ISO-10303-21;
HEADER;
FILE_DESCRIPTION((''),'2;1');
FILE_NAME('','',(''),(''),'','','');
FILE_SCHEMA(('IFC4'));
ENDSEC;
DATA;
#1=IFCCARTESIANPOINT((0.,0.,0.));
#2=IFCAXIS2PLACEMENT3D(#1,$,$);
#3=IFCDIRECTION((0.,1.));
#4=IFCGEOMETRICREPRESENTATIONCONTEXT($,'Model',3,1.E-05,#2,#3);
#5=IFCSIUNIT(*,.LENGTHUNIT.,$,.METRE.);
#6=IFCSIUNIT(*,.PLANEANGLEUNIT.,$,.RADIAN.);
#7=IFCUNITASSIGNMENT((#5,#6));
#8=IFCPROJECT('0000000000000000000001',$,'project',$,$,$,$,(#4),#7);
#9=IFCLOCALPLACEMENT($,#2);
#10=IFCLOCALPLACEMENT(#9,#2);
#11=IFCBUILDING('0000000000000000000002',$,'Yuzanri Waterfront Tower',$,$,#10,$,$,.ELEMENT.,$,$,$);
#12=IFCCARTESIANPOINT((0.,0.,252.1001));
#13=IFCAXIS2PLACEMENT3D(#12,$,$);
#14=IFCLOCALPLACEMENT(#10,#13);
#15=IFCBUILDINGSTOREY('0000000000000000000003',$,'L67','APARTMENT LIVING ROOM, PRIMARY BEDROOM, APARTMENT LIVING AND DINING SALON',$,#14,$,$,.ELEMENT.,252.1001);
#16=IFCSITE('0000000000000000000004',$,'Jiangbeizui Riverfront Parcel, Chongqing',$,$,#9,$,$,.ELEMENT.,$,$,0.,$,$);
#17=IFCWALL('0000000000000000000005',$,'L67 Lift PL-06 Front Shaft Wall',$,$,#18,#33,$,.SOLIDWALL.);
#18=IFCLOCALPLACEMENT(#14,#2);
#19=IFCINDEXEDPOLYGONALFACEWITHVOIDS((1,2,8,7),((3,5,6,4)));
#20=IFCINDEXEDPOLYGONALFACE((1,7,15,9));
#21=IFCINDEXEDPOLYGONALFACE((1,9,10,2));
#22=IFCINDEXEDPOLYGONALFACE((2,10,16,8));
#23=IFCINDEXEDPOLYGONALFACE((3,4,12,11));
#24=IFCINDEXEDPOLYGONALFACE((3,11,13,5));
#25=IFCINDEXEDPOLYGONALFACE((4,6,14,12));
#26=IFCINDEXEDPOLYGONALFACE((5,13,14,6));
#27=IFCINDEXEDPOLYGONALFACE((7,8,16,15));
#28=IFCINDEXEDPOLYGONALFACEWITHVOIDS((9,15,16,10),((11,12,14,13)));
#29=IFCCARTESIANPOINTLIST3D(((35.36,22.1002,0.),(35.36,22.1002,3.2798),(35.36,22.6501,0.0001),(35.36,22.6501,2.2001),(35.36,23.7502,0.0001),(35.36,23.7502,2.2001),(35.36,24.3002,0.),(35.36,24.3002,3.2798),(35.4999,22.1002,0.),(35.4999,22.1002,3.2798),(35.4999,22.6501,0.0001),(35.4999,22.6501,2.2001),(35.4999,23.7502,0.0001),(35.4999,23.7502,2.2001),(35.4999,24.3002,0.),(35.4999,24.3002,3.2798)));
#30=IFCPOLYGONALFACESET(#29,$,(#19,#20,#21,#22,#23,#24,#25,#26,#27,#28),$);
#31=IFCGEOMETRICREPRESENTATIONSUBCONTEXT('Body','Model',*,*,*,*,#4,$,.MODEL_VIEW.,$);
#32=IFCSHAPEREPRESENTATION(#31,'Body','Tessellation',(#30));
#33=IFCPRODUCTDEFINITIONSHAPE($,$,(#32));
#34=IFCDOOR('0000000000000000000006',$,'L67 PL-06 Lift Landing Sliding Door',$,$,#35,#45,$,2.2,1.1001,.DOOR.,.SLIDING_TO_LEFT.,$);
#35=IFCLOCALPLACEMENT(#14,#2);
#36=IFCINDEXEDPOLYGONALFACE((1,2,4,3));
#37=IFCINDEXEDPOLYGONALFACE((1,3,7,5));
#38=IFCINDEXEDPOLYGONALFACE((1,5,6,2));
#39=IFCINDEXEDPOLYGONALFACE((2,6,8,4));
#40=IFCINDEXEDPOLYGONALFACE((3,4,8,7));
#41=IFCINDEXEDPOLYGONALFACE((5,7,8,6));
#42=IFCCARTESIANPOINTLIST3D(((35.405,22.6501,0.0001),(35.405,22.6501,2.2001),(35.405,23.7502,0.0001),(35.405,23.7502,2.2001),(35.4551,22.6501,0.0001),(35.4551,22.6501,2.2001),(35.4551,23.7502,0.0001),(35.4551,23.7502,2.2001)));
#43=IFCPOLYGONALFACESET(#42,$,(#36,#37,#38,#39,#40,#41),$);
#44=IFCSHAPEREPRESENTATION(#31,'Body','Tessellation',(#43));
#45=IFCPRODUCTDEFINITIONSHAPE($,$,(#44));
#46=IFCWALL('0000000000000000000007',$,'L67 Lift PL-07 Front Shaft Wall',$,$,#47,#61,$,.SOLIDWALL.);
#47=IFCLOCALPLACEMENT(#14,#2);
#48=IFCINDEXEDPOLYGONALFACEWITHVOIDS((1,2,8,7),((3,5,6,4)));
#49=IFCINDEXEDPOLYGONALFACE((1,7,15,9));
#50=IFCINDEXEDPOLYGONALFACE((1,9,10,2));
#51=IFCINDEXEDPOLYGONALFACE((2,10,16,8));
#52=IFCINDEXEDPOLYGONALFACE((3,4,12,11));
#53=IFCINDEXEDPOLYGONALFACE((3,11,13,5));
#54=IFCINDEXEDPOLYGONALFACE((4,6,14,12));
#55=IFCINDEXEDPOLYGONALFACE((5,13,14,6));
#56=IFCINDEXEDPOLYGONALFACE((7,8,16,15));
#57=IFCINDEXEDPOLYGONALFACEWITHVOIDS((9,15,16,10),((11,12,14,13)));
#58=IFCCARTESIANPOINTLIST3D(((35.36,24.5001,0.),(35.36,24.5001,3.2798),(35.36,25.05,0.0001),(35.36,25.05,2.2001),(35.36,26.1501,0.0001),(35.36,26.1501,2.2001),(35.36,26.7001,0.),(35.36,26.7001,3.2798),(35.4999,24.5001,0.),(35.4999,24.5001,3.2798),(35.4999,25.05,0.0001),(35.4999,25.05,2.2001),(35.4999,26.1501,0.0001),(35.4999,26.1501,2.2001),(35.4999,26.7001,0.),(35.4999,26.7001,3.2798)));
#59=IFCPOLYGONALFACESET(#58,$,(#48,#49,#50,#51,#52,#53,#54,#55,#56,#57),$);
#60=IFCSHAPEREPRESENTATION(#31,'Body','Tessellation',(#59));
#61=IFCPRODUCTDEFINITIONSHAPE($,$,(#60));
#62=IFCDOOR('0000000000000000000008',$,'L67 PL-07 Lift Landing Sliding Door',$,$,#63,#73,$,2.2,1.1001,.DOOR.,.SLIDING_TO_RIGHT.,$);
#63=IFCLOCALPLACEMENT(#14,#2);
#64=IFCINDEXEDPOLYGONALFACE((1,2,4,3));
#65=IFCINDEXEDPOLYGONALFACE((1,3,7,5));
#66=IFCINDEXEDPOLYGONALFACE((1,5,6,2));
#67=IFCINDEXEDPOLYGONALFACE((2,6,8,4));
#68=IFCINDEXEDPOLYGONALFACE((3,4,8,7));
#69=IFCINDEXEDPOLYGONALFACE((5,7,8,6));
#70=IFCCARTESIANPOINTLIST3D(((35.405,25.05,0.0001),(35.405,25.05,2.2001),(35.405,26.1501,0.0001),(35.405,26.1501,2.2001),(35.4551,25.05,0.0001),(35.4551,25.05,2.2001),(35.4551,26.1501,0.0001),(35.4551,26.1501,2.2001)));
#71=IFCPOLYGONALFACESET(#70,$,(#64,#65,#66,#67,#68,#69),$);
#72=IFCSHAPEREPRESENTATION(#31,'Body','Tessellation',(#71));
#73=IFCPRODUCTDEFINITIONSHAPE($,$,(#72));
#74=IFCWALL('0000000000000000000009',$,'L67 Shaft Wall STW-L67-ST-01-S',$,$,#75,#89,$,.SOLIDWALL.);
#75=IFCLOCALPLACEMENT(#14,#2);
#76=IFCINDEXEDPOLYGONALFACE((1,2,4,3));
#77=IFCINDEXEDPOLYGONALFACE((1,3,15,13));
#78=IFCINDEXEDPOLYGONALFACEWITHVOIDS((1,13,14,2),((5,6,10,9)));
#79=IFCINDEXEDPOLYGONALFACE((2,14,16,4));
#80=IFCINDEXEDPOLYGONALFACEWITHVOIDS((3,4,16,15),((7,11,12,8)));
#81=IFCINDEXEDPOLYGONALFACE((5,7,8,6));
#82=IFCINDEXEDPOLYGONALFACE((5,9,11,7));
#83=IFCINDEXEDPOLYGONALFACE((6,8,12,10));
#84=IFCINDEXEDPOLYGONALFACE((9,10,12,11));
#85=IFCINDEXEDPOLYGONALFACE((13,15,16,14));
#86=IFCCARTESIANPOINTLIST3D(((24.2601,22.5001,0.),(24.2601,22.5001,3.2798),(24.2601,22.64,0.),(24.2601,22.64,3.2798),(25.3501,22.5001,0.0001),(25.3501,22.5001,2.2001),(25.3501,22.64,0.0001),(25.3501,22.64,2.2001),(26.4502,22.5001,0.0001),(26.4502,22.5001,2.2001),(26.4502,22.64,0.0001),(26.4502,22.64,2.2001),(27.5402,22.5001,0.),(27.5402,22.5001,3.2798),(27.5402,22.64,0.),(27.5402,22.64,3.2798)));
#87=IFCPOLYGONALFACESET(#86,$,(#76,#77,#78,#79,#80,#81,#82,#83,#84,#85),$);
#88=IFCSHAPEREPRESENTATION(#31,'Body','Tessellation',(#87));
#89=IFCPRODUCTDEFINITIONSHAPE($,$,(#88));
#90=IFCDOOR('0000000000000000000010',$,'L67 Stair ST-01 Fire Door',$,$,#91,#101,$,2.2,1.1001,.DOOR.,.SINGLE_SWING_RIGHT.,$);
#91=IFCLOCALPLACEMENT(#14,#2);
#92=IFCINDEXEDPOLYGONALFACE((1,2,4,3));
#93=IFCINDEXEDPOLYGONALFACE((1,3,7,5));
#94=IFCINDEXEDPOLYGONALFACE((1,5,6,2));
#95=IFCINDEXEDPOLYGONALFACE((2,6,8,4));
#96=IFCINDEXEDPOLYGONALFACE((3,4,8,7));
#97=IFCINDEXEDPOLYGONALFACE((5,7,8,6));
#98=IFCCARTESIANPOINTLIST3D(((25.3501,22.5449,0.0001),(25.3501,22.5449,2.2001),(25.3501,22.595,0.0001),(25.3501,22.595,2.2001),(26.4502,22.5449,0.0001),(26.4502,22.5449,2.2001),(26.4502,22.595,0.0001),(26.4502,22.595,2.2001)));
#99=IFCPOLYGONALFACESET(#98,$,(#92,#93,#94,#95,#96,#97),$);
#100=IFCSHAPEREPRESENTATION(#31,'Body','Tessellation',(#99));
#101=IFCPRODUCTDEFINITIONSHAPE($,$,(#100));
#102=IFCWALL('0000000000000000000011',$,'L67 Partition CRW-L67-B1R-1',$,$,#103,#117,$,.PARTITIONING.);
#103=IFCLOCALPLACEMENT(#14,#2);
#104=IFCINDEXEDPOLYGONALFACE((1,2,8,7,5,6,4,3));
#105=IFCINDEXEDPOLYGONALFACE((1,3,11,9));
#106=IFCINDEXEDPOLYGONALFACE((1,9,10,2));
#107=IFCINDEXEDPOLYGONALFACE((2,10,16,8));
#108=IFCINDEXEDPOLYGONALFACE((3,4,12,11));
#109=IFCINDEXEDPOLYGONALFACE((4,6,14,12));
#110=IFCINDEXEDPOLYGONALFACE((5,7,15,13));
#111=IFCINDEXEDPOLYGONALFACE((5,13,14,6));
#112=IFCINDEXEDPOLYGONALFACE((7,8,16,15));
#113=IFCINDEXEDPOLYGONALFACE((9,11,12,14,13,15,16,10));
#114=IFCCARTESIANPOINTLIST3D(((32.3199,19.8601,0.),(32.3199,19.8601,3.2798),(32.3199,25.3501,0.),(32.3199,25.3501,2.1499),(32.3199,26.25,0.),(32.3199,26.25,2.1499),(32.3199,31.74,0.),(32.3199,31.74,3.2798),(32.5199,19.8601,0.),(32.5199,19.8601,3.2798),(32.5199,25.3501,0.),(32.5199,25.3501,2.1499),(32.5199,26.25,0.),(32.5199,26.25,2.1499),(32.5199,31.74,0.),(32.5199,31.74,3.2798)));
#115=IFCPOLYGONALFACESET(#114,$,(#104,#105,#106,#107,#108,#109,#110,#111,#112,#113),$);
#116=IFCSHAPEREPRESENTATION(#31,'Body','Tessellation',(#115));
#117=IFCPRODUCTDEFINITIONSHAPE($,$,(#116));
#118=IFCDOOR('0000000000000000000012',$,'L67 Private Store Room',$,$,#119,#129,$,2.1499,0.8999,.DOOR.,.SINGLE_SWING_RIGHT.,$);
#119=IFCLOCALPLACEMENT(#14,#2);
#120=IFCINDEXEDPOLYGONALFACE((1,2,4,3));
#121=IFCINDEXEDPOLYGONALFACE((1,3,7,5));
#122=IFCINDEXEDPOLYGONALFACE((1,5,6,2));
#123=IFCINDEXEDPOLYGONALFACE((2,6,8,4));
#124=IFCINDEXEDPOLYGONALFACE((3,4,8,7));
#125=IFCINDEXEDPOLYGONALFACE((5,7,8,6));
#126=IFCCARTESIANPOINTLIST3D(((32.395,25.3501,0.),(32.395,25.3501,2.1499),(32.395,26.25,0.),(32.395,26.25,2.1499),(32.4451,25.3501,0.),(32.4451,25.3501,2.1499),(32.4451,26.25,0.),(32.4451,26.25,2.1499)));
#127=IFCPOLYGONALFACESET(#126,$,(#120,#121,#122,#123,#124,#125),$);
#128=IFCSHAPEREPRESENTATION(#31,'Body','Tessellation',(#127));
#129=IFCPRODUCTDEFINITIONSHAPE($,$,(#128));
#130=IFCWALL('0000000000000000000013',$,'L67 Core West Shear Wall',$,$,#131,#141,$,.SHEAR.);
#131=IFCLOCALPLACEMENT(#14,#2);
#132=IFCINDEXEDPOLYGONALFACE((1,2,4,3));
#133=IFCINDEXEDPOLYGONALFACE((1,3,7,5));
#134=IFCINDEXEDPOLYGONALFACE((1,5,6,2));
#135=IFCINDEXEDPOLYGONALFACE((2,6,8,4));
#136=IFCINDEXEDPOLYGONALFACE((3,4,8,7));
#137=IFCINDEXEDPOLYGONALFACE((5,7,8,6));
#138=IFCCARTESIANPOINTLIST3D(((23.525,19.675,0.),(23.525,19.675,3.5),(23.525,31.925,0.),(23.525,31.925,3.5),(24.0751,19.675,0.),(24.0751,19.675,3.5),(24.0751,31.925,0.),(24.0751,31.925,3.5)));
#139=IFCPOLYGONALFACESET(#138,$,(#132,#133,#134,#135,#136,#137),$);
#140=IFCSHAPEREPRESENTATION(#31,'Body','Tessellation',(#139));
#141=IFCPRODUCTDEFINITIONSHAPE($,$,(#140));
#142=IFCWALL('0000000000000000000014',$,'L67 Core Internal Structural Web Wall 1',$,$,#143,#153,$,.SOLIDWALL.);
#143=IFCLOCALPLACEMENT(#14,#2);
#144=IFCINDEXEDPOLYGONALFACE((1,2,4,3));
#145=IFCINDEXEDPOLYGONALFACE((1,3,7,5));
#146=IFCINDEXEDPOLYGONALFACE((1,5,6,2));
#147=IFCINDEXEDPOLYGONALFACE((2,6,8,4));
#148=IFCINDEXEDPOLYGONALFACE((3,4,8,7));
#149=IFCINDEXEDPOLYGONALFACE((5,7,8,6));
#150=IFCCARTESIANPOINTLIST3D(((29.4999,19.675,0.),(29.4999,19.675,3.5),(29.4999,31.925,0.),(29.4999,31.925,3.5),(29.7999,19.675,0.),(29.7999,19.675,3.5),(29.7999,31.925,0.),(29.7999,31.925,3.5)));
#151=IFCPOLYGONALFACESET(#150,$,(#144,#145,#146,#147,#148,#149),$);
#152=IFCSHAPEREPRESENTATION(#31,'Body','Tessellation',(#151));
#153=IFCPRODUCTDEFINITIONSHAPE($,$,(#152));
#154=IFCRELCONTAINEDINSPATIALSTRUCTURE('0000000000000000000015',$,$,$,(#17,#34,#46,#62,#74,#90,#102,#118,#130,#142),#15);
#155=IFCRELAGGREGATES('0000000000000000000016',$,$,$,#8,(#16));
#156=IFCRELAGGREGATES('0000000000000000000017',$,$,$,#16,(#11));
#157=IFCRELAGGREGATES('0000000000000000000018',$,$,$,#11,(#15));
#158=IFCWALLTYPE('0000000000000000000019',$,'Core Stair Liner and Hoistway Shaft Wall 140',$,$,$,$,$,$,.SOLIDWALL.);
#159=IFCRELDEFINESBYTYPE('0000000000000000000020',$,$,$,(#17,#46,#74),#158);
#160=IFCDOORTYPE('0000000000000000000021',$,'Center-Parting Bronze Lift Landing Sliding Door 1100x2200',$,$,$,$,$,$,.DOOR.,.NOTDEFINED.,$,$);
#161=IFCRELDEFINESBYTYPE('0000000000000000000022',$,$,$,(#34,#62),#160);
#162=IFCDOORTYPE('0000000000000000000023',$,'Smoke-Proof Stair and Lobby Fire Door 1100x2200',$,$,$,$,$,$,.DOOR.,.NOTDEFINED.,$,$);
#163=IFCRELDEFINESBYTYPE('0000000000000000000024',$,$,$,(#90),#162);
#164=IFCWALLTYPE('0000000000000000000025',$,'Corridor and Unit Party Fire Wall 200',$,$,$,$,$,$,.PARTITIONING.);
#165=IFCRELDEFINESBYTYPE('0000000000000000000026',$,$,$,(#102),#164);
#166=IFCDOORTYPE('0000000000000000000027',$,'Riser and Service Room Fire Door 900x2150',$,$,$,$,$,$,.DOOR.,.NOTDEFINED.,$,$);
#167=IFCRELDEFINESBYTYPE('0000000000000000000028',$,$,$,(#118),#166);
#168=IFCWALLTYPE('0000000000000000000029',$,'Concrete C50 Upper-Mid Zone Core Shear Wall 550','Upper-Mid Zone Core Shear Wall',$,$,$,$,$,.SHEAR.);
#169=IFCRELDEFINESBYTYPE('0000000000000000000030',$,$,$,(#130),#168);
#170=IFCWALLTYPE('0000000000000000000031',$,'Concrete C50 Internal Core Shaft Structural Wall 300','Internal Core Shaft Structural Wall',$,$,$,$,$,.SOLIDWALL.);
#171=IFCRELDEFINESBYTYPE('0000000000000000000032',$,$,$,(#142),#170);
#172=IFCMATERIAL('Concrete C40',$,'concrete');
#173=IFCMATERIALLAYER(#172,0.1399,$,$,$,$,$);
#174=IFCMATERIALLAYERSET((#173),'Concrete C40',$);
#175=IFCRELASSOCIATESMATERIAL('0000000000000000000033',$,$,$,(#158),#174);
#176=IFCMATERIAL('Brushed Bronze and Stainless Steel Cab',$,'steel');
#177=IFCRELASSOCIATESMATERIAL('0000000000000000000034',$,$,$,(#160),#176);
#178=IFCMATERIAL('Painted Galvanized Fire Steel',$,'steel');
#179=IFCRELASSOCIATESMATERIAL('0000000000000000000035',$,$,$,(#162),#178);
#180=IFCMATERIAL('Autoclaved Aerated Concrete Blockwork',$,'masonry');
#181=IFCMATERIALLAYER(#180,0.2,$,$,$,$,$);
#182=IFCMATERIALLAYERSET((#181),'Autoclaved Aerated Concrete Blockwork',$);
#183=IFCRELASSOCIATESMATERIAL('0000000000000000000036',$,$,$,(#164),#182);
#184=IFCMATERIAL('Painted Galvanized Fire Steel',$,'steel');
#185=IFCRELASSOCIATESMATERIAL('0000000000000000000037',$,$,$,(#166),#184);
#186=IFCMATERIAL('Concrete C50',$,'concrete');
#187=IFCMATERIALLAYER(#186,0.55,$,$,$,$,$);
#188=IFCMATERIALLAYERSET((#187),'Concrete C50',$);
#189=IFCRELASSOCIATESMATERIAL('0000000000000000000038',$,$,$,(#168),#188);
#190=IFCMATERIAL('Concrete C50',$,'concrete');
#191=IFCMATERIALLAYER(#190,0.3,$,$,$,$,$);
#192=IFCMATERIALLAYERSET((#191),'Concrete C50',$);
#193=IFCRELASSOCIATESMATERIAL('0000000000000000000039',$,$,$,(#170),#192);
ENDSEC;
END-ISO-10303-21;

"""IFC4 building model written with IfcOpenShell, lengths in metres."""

from ifc_helpers import new_model, si_unit, direction, frame, frame_2d, origin, place, context, subcontext, project, spatial, rectangle, extrude, source, transform, mapped, material, layer, layer_set, type_object, element, fill, save


model = new_model("IFC4")

# Units and contexts
model_context = context("Model", 3, precision=1e-05, world=origin(), true_north=direction((0.0, 1.0)))
body_context = subcontext(model_context, "Body", "Model", "MODEL_VIEW")
ifc_project = project(units=[si_unit("LENGTHUNIT", "METRE"), si_unit("PLANEANGLEUNIT", "RADIAN")], contexts=[model_context])

# Site, building, storey
site_placement = place(None, origin())
site = spatial("IfcSite", under=ifc_project, at=site_placement, Name="Jiangbeizui Riverfront Parcel, Chongqing", CompositionType="ELEMENT", RefElevation=0.0)
building_placement = place(site_placement, origin())
building = spatial("IfcBuilding", under=site, at=building_placement, Name="Yuzanri Waterfront Tower", CompositionType="ELEMENT")
storey_placement = place(building_placement, frame((0.0, 0.0, 252.1001)))
storey = spatial("IfcBuildingStorey", under=building, at=storey_placement, Name="L67", Description="APARTMENT LIVING ROOM, PRIMARY BEDROOM, APARTMENT LIVING AND DINING SALON", CompositionType="ELEMENT", Elevation=252.1001)

# Walls, openings, doors
ifc_material_1 = material(Name="Concrete C40", Category="concrete")
ifc_layer_1 = layer(ifc_material_1, 0.1399)
ifc_layer_set_1 = layer_set([ifc_layer_1], Name="Concrete C40")
wall_type_1 = type_object("IfcWallType", Name="Core Stair Liner and Hoistway Shaft Wall 140", PredefinedType="SOLIDWALL", material=ifc_layer_set_1)
ifc_material_2 = material(Name="Brushed Bronze and Stainless Steel Cab", Category="steel")
door_type_1 = type_object("IfcDoorType", Name="Center-Parting Bronze Lift Landing Sliding Door 1100x2200", OperationType="NOTDEFINED", PredefinedType="DOOR", material=ifc_material_2)
shared_shape_1 = source(origin(), body_context, "Body", "SweptSolid", [
    extrude(rectangle(XDim=1.1001, YDim=2.2, at=frame_2d((0.55, 1.1001))), frame((0.0, 0.0249, 0.0), z_axis=(0.0, -1.0, 0.0), x_axis=(1.0, 0.0, 0.0)), (0.0, 0.0, 1.0), 0.05),
])
wall_1_placement = place(storey_placement, frame((35.4299, 22.1001, 0.0), z_axis=(0.0, 0.0, 1.0), x_axis=(0.0, 1.0, 0.0)))
wall_1 = element("IfcWall", 1, at=wall_1_placement, inside=storey, type_object=wall_type_1, Name="L67 Lift PL-06 Front Shaft Wall", PredefinedType="SOLIDWALL", context=body_context, shape_type="SweptSolid", body=[
    extrude(rectangle(XDim=2.2, YDim=0.1399, at=frame_2d((1.1001, 0.0))), origin(), (0.0, 0.0, 1.0), 3.2798),
])
opening_1_placement = place(wall_1_placement, frame((0.55, 0.0, 0.0)))
opening_1 = element("IfcOpeningElement", 2, at=opening_1_placement, cuts=wall_1, PredefinedType="OPENING", context=body_context, shape_type="SweptSolid", body=[
    extrude(rectangle(XDim=1.1001, YDim=2.2, at=frame_2d((0.55, 1.1001))), frame((0.0, 0.085, 0.0), z_axis=(0.0, -1.0, 0.0), x_axis=(1.0, 0.0, 0.0)), (0.0, 0.0, 1.0), 0.1697),
])
door_1_placement = place(opening_1_placement, origin())
door_1 = element("IfcDoor", 3, at=door_1_placement, inside=storey, type_object=door_type_1, Name="L67 PL-06 Lift Landing Sliding Door", OperationType="SLIDING_TO_LEFT", OverallHeight=2.2, OverallWidth=1.1001, PredefinedType="DOOR", context=body_context, shape_type="MappedRepresentation", body=[
    mapped(shared_shape_1, transform((0.0, 0.0, 0.0), scale=1.0)),
])
fill(opening_1, door_1)
wall_2_placement = place(storey_placement, frame((35.4299, 24.5, 0.0), z_axis=(0.0, 0.0, 1.0), x_axis=(0.0, 1.0, 0.0)))
wall_2 = element("IfcWall", 4, at=wall_2_placement, inside=storey, type_object=wall_type_1, Name="L67 Lift PL-07 Front Shaft Wall", PredefinedType="SOLIDWALL", context=body_context, shape_type="SweptSolid", body=[
    extrude(rectangle(XDim=2.2, YDim=0.1399, at=frame_2d((1.1001, 0.0))), origin(), (0.0, 0.0, 1.0), 3.2798),
])
opening_2_placement = place(wall_2_placement, frame((0.55, 0.0, 0.0)))
opening_2 = element("IfcOpeningElement", 5, at=opening_2_placement, cuts=wall_2, PredefinedType="OPENING", context=body_context, shape_type="SweptSolid", body=[
    extrude(rectangle(XDim=1.1001, YDim=2.2, at=frame_2d((0.55, 1.1001))), frame((0.0, 0.085, 0.0), z_axis=(0.0, -1.0, 0.0), x_axis=(1.0, 0.0, 0.0)), (0.0, 0.0, 1.0), 0.1697),
])
door_2_placement = place(opening_2_placement, origin())
door_2 = element("IfcDoor", 6, at=door_2_placement, inside=storey, type_object=door_type_1, Name="L67 PL-07 Lift Landing Sliding Door", OperationType="SLIDING_TO_RIGHT", OverallHeight=2.2, OverallWidth=1.1001, PredefinedType="DOOR", context=body_context, shape_type="MappedRepresentation", body=[
    mapped(shared_shape_1, transform((0.0, 0.0, 0.0), scale=1.0)),
])
fill(opening_2, door_2)
wall_3_placement = place(storey_placement, frame((24.26, 22.5701, 0.0), z_axis=(0.0, 0.0, 1.0), x_axis=(1.0, 0.0, 0.0)))
wall_3 = element("IfcWall", 7, at=wall_3_placement, inside=storey, type_object=wall_type_1, Name="L67 Shaft Wall STW-L67-ST-01-S", PredefinedType="SOLIDWALL", context=body_context, shape_type="SweptSolid", body=[
    extrude(rectangle(XDim=3.28, YDim=0.1399, at=frame_2d((1.6401, 0.0))), origin(), (0.0, 0.0, 1.0), 3.2798),
])
opening_3_placement = place(wall_3_placement, frame((1.0901, 0.0, 0.0)))
opening_3 = element("IfcOpeningElement", 8, at=opening_3_placement, cuts=wall_3, PredefinedType="OPENING", context=body_context, shape_type="SweptSolid", body=[
    extrude(rectangle(XDim=1.1001, YDim=2.2, at=frame_2d((0.55, 1.1001))), frame((0.0, 0.085, 0.0), z_axis=(0.0, -1.0, 0.0), x_axis=(1.0, 0.0, 0.0)), (0.0, 0.0, 1.0), 0.1697),
])
ifc_material_3 = material(Name="Painted Galvanized Fire Steel", Category="steel")
door_type_2 = type_object("IfcDoorType", Name="Smoke-Proof Stair and Lobby Fire Door 1100x2200", OperationType="NOTDEFINED", PredefinedType="DOOR", material=ifc_material_3)
shared_shape_2 = source(origin(), body_context, "Body", "SweptSolid", [
    extrude(rectangle(XDim=1.1001, YDim=2.2, at=frame_2d((0.55, 1.1001))), frame((0.0, 0.0249, 0.0), z_axis=(0.0, -1.0, 0.0), x_axis=(1.0, 0.0, 0.0)), (0.0, 0.0, 1.0), 0.05),
])
door_3_placement = place(opening_3_placement, origin())
door_3 = element("IfcDoor", 9, at=door_3_placement, inside=storey, type_object=door_type_2, Name="L67 Stair ST-01 Fire Door", OperationType="SINGLE_SWING_RIGHT", OverallHeight=2.2, OverallWidth=1.1001, PredefinedType="DOOR", context=body_context, shape_type="MappedRepresentation", body=[
    mapped(shared_shape_2, transform((0.0, 0.0, 0.0), scale=1.0)),
])
fill(opening_3, door_3)
ifc_material_4 = material(Name="Autoclaved Aerated Concrete Blockwork", Category="masonry")
ifc_layer_2 = layer(ifc_material_4, 0.2)
ifc_layer_set_2 = layer_set([ifc_layer_2], Name="Autoclaved Aerated Concrete Blockwork")
wall_type_2 = type_object("IfcWallType", Name="Corridor and Unit Party Fire Wall 200", PredefinedType="PARTITIONING", material=ifc_layer_set_2)
wall_4_placement = place(storey_placement, frame((32.4199, 19.8601, 0.0), z_axis=(0.0, 0.0, 1.0), x_axis=(0.0, 1.0, 0.0)))
wall_4 = element("IfcWall", 10, at=wall_4_placement, inside=storey, type_object=wall_type_2, Name="L67 Partition CRW-L67-B1R-1", PredefinedType="PARTITIONING", context=body_context, shape_type="SweptSolid", body=[
    extrude(rectangle(XDim=11.8799, YDim=0.2, at=frame_2d((5.9399, 0.0))), origin(), (0.0, 0.0, 1.0), 3.2798),
])
opening_4_placement = place(wall_4_placement, frame((5.49, 0.0, 0.0)))
opening_4 = element("IfcOpeningElement", 11, at=opening_4_placement, cuts=wall_4, PredefinedType="OPENING", context=body_context, shape_type="SweptSolid", body=[
    extrude(rectangle(XDim=0.8999, YDim=2.1499, at=frame_2d((0.45, 1.075))), frame((0.0, 0.1147, 0.0), z_axis=(0.0, -1.0, 0.0), x_axis=(1.0, 0.0, 0.0)), (0.0, 0.0, 1.0), 0.2297),
])
ifc_material_5 = material(Name="Painted Galvanized Fire Steel", Category="steel")
door_type_3 = type_object("IfcDoorType", Name="Riser and Service Room Fire Door 900x2150", OperationType="NOTDEFINED", PredefinedType="DOOR", material=ifc_material_5)
shared_shape_3 = source(origin(), body_context, "Body", "SweptSolid", [
    extrude(rectangle(XDim=0.8999, YDim=2.1499, at=frame_2d((0.45, 1.075))), frame((0.0, 0.0249, 0.0), z_axis=(0.0, -1.0, 0.0), x_axis=(1.0, 0.0, 0.0)), (0.0, 0.0, 1.0), 0.05),
])
door_4_placement = place(opening_4_placement, origin())
door_4 = element("IfcDoor", 12, at=door_4_placement, inside=storey, type_object=door_type_3, Name="L67 Private Store Room", OperationType="SINGLE_SWING_RIGHT", OverallHeight=2.1499, OverallWidth=0.8999, PredefinedType="DOOR", context=body_context, shape_type="MappedRepresentation", body=[
    mapped(shared_shape_3, transform((0.0, 0.0, 0.0), scale=1.0)),
])
fill(opening_4, door_4)

# Walls
ifc_material_6 = material(Name="Concrete C50", Category="concrete")
ifc_layer_3 = layer(ifc_material_6, 0.55)
ifc_layer_set_3 = layer_set([ifc_layer_3], Name="Concrete C50")
wall_type_3 = type_object("IfcWallType", Name="Concrete C50 Upper-Mid Zone Core Shear Wall 550", Description="Upper-Mid Zone Core Shear Wall", PredefinedType="SHEAR", material=ifc_layer_set_3)
shared_shape_4 = source(origin(), body_context, "Body", "SweptSolid", [
    extrude(rectangle(XDim=12.25, YDim=0.55, at=frame_2d((6.125, 0.0))), origin(), (0.0, 0.0, 1.0), 3.5),
])
wall_5_placement = place(storey_placement, frame((23.8, 19.675, 0.0), z_axis=(0.0, 0.0, 1.0), x_axis=(0.0, 1.0, 0.0)))
element("IfcWall", 13, at=wall_5_placement, inside=storey, type_object=wall_type_3, Name="L67 Core West Shear Wall", PredefinedType="SHEAR", context=body_context, shape_type="MappedRepresentation", body=[
    mapped(shared_shape_4, transform((0.0, 0.0, 0.0), scale=1.0)),
])
ifc_material_7 = material(Name="Concrete C50", Category="concrete")
ifc_layer_4 = layer(ifc_material_7, 0.3)
ifc_layer_set_4 = layer_set([ifc_layer_4], Name="Concrete C50")
wall_type_4 = type_object("IfcWallType", Name="Concrete C50 Internal Core Shaft Structural Wall 300", Description="Internal Core Shaft Structural Wall", PredefinedType="SOLIDWALL", material=ifc_layer_set_4)
shared_shape_5 = source(origin(), body_context, "Body", "SweptSolid", [
    extrude(rectangle(XDim=12.25, YDim=0.3, at=frame_2d((6.125, 0.0))), origin(), (0.0, 0.0, 1.0), 3.5),
])
wall_6_placement = place(storey_placement, frame((29.6499, 19.675, 0.0), z_axis=(0.0, 0.0, 1.0), x_axis=(0.0, 1.0, 0.0)))
element("IfcWall", 14, at=wall_6_placement, inside=storey, type_object=wall_type_4, Name="L67 Core Internal Structural Web Wall 1", PredefinedType="SOLIDWALL", context=body_context, shape_type="MappedRepresentation", body=[
    mapped(shared_shape_5, transform((0.0, 0.0, 0.0), scale=1.0)),
])

save(model, "model.ifc")
